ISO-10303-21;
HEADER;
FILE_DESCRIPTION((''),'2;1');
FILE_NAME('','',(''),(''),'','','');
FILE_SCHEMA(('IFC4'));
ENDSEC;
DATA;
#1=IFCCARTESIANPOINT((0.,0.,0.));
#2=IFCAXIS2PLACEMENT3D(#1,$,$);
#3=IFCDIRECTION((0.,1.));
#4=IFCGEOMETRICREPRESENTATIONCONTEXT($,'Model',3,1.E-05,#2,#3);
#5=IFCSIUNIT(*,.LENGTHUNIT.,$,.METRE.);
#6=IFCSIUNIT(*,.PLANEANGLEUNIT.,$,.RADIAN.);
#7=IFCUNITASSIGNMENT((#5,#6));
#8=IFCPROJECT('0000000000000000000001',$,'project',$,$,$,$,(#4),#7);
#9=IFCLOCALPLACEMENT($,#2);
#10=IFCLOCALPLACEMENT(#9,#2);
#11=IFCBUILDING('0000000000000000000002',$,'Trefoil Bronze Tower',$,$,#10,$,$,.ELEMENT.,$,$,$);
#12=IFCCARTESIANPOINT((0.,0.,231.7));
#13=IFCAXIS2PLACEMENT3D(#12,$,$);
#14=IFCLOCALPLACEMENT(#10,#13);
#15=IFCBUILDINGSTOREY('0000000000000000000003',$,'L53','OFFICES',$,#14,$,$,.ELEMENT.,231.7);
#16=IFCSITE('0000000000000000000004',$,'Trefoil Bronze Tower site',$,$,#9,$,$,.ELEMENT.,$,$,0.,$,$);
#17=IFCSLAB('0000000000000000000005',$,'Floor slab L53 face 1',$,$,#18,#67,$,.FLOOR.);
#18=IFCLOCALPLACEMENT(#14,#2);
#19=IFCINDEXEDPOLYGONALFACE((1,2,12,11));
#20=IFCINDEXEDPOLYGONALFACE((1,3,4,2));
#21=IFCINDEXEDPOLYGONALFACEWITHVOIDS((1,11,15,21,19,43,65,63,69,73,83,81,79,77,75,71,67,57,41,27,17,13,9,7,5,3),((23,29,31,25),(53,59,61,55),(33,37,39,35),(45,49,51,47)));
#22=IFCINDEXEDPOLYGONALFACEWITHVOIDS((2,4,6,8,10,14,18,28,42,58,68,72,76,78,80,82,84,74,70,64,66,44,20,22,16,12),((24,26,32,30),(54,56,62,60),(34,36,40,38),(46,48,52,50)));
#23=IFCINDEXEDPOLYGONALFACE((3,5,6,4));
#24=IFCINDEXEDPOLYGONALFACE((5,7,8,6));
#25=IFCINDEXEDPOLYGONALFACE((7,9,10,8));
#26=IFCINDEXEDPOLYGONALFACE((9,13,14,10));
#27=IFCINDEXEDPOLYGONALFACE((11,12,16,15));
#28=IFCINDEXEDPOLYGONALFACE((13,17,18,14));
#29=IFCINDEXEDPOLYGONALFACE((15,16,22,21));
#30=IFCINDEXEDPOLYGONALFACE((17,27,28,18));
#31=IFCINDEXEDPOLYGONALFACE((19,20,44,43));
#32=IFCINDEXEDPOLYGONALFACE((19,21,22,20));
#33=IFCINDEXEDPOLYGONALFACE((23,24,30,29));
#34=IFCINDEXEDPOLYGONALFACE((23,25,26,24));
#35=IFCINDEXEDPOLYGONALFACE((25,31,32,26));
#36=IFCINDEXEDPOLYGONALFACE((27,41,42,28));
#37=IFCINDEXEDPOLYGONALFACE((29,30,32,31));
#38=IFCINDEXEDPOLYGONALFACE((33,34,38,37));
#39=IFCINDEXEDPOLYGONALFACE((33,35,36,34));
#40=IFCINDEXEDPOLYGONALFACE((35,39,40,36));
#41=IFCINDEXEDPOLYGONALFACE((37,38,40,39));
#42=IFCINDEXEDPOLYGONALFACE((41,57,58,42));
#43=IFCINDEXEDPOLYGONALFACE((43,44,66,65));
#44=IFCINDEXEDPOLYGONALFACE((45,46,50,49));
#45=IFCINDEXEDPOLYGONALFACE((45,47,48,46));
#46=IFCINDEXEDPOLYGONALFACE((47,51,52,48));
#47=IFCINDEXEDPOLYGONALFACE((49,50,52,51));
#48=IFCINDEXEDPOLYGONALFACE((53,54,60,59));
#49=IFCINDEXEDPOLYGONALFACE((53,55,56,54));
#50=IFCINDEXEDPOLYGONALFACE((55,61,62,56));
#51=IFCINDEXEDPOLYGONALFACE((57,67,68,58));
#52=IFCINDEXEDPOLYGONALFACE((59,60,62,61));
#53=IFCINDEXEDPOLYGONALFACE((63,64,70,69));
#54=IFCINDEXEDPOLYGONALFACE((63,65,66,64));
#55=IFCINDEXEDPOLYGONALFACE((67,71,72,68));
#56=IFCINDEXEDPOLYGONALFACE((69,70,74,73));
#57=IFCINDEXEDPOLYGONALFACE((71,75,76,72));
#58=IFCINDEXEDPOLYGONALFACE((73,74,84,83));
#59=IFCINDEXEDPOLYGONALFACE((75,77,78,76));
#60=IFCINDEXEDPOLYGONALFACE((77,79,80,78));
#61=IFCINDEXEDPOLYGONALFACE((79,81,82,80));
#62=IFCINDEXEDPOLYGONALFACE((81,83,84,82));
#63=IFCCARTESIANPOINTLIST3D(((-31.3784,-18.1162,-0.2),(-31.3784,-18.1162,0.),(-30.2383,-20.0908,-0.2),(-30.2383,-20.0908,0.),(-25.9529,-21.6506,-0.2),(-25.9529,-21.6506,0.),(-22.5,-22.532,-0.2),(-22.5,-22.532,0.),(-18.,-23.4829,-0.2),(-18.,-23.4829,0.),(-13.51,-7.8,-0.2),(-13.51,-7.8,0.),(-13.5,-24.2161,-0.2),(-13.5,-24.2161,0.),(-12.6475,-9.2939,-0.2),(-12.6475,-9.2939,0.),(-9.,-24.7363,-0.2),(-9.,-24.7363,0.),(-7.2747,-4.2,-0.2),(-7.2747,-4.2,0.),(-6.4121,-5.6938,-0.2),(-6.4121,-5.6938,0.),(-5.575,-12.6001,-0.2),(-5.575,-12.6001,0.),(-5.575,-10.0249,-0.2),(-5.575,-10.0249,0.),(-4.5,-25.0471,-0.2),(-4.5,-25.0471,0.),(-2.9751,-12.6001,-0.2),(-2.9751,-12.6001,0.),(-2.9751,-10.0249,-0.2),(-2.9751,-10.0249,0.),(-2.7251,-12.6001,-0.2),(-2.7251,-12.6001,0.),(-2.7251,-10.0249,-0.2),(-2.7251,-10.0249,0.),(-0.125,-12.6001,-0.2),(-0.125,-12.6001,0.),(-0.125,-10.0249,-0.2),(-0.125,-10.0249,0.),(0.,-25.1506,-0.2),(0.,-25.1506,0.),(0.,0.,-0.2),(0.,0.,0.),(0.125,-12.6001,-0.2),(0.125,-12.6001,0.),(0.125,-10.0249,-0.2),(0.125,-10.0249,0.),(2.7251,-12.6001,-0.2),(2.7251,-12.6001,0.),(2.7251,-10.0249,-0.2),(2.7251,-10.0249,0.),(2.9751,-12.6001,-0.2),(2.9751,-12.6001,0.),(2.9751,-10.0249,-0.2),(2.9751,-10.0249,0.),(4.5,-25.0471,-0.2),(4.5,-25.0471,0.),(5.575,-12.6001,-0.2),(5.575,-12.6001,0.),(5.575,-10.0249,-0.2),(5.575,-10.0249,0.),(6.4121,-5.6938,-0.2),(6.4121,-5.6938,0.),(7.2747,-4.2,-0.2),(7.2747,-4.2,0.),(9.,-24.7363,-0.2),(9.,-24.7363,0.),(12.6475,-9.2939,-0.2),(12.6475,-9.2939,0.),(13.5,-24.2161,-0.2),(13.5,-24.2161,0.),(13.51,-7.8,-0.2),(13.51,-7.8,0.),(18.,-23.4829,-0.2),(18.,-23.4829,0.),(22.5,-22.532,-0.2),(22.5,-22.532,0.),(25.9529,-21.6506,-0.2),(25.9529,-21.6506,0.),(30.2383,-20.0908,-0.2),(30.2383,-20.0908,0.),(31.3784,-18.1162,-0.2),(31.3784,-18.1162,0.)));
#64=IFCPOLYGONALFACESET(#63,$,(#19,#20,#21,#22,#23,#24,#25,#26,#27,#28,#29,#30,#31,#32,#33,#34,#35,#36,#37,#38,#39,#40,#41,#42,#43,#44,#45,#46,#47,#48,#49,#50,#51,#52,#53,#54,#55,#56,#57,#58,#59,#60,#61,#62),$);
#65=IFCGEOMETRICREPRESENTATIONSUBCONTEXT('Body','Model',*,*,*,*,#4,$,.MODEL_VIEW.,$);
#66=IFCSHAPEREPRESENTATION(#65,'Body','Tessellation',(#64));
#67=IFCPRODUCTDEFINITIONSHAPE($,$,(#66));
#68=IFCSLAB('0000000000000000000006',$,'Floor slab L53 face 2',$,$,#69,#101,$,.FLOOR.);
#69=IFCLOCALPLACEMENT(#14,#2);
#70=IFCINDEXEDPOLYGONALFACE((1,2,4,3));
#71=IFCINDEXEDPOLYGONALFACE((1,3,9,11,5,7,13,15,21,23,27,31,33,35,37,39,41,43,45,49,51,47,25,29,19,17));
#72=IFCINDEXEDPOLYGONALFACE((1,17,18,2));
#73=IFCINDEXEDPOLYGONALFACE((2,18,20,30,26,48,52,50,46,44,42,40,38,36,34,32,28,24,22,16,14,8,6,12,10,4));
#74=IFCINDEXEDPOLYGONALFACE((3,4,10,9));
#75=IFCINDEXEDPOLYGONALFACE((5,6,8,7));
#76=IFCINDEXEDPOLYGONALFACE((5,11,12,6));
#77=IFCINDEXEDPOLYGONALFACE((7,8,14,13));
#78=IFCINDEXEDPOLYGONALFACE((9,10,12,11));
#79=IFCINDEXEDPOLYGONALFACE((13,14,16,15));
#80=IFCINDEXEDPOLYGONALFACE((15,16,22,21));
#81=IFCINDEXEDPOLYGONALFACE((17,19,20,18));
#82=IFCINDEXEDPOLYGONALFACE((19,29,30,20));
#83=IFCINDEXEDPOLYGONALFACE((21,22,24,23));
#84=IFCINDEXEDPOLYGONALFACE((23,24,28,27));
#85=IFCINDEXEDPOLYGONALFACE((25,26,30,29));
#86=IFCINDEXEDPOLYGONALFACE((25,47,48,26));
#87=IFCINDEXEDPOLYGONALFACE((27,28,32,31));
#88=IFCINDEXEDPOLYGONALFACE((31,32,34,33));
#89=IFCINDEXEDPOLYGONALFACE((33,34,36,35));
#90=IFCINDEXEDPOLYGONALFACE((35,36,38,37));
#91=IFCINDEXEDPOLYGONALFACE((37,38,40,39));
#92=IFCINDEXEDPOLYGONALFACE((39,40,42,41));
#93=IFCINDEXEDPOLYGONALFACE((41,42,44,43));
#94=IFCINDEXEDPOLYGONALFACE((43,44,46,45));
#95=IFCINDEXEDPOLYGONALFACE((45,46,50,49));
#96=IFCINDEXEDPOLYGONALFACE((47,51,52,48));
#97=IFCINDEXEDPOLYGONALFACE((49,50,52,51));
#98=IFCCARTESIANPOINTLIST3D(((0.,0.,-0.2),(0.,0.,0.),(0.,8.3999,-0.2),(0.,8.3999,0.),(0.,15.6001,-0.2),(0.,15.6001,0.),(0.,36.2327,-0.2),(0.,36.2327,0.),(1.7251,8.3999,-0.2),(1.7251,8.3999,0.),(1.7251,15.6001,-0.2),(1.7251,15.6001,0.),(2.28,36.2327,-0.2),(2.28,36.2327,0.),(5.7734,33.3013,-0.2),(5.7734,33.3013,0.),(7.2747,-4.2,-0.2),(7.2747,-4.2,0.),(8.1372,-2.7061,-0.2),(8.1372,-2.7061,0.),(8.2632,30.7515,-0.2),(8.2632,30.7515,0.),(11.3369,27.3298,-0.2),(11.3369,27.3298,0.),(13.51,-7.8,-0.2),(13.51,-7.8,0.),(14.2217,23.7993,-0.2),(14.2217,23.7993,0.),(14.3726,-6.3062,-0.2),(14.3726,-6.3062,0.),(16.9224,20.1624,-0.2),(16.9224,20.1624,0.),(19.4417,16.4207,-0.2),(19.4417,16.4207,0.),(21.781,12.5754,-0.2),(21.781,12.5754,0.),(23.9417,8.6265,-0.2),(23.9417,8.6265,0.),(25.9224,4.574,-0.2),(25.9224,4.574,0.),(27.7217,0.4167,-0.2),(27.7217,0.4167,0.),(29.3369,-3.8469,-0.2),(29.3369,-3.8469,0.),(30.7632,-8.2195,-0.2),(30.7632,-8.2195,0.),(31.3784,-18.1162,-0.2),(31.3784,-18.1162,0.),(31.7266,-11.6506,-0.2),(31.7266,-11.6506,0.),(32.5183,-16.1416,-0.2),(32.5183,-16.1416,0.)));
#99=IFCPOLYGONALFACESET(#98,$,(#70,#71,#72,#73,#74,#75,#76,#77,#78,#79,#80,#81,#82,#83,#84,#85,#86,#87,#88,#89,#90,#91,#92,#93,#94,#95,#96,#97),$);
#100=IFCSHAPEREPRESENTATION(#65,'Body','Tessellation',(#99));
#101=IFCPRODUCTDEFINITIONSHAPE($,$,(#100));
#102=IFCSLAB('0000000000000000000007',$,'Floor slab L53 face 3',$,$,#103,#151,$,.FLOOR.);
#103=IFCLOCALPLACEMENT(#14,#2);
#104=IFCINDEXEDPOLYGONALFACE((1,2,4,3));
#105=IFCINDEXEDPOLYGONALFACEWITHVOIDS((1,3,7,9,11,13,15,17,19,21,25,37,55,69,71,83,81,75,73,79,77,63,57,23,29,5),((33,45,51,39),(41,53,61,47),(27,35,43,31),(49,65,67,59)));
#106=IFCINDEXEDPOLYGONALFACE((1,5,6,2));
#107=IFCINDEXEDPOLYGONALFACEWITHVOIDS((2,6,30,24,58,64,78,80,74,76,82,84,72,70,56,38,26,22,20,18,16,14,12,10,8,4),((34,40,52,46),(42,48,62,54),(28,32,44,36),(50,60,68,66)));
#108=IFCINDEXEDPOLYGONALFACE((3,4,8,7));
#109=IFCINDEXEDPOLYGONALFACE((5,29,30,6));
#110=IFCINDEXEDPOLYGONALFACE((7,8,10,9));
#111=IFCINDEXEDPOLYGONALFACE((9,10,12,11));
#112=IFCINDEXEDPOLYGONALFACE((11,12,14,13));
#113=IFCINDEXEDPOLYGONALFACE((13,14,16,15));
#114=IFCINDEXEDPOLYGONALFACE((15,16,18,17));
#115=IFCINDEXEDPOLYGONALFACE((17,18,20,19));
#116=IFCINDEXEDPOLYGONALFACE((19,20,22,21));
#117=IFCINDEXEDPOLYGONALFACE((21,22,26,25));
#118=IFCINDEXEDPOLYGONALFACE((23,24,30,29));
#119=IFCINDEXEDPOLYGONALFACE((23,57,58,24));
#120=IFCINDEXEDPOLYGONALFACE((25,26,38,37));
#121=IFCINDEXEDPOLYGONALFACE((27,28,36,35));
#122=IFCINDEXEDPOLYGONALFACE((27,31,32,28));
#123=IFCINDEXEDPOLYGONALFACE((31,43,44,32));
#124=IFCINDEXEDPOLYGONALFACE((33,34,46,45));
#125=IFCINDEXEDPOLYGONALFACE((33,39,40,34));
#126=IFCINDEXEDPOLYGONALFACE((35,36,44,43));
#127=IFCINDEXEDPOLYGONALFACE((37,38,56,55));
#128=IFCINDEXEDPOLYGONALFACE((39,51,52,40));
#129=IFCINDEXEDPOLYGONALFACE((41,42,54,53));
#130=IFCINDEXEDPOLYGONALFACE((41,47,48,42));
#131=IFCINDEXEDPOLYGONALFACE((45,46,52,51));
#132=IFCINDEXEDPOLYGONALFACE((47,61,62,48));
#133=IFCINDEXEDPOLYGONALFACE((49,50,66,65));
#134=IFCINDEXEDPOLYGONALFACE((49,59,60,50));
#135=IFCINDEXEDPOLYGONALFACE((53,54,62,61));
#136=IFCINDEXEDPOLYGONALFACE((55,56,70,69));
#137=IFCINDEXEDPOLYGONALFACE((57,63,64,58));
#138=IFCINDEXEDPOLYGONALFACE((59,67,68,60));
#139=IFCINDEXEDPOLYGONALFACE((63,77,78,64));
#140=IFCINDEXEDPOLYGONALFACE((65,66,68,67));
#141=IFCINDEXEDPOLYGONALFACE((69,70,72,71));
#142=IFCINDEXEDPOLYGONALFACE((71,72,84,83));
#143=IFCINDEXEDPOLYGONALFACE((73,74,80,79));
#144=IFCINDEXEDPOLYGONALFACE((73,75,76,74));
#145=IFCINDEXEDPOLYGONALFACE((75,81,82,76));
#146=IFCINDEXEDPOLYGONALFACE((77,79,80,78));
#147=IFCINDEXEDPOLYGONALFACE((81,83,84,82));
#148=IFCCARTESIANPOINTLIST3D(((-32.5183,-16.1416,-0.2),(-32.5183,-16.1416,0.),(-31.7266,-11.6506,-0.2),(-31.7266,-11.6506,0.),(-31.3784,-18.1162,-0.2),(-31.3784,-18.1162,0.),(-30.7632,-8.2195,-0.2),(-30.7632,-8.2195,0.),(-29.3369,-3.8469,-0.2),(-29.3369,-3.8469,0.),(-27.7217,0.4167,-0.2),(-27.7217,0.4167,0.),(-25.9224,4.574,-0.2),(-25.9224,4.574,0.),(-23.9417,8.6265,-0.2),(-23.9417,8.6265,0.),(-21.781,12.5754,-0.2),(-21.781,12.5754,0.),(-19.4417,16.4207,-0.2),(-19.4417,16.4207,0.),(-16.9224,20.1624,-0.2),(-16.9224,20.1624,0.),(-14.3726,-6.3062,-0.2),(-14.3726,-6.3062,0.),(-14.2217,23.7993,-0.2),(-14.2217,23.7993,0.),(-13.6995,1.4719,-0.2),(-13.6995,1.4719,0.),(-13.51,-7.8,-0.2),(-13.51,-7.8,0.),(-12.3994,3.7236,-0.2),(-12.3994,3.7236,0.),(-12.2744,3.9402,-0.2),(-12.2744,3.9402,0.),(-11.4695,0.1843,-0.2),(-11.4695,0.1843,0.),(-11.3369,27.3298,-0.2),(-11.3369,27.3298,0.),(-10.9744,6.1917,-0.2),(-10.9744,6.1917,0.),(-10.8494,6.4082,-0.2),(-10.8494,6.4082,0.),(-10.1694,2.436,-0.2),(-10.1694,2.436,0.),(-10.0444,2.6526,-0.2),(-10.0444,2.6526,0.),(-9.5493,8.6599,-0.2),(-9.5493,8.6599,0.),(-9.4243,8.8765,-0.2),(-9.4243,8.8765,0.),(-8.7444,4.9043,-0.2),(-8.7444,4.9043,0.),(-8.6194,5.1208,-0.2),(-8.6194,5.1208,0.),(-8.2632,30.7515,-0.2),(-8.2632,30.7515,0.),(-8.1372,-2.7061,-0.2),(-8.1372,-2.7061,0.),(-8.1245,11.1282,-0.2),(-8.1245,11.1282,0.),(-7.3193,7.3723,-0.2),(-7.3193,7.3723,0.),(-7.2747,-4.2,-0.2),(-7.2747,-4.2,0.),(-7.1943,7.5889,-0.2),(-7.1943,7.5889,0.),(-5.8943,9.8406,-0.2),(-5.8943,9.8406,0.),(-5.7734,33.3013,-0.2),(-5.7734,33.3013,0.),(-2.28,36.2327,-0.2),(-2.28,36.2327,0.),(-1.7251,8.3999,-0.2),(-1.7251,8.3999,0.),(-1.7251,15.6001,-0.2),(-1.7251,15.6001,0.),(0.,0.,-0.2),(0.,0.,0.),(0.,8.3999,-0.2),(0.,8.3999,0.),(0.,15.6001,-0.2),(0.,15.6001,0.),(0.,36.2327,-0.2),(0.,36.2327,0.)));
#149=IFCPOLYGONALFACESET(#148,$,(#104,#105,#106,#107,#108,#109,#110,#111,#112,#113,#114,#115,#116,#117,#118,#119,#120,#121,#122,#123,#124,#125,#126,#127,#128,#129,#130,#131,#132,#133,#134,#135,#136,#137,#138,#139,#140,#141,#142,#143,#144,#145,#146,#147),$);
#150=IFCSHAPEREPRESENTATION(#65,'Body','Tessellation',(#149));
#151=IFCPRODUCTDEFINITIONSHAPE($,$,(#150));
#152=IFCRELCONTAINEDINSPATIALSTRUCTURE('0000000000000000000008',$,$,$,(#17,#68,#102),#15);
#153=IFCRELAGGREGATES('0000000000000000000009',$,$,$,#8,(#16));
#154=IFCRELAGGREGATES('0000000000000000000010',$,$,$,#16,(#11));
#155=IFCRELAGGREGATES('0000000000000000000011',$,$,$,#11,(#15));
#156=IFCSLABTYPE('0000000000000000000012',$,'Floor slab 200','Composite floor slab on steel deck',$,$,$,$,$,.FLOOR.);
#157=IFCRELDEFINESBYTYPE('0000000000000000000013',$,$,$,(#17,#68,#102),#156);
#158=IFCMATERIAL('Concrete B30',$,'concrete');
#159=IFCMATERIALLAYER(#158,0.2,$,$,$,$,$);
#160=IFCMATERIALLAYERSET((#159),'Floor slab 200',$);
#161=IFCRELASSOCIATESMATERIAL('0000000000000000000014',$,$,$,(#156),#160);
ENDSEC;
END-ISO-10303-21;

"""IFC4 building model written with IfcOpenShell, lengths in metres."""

from ifc_helpers import new_model, si_unit, direction, frame, origin, place, context, subcontext, project, spatial, polyline, outline, extrude, material, layer, layer_set, type_object, element, save


model = new_model("IFC4")

# Units and contexts
model_context = context("Model", 3, precision=1e-05, world=origin(), true_north=direction((0.0, 1.0)))
body_context = subcontext(model_context, "Body", "Model", "MODEL_VIEW")
ifc_project = project(units=[si_unit("LENGTHUNIT", "METRE"), si_unit("PLANEANGLEUNIT", "RADIAN")], contexts=[model_context])

# Site, building, storey
site_placement = place(None, origin())
site = spatial("IfcSite", under=ifc_project, at=site_placement, Name="Trefoil Bronze Tower site", CompositionType="ELEMENT", RefElevation=0.0)
building_placement = place(site_placement, origin())
building = spatial("IfcBuilding", under=site, at=building_placement, Name="Trefoil Bronze Tower", CompositionType="ELEMENT")
storey_placement = place(building_placement, frame((0.0, 0.0, 231.7)))
storey = spatial("IfcBuildingStorey", under=building, at=storey_placement, Name="L53", Description="OFFICES", CompositionType="ELEMENT", Elevation=231.7)

# Slabs
ifc_material_1 = material(Name="Concrete B30", Category="concrete")
ifc_layer_1 = layer(ifc_material_1, 0.2)
ifc_layer_set_1 = layer_set([ifc_layer_1], Name="Floor slab 200")
slab_type = type_object("IfcSlabType", Name="Floor slab 200", Description="Composite floor slab on steel deck", PredefinedType="FLOOR", material=ifc_layer_set_1)
slab_1_placement = place(storey_placement, frame((0.0, 0.0, -0.2)))
element("IfcSlab", 1, at=slab_1_placement, inside=storey, type_object=slab_type, Name="Floor slab L53 face 1", PredefinedType="FLOOR", context=body_context, shape_type="SweptSolid", body=[
    extrude(outline(polyline([(18.0, -23.4829), (13.5, -24.2161), (9.0, -24.7363), (4.5, -25.0471), (0.0, -25.1506), (-4.5, -25.0471), (-9.0, -24.7363), (-13.5, -24.2161), (-18.0, -23.4829), (-22.5, -22.532), (-25.9529, -21.6506), (-30.2383, -20.0908), (-31.3784, -18.1162), (-13.51, -7.8), (-12.6475, -9.2939), (-6.4121, -5.6938), (-7.2747, -4.2), (0.0, 0.0), (7.2747, -4.2), (6.4121, -5.6938), (12.6475, -9.2939), (13.51, -7.8), (31.3784, -18.1162), (30.2383, -20.0908), (25.9529, -21.6506), (22.5, -22.532), (18.0, -23.4829)]), holes=[polyline([(-5.575, -10.0249), (-2.9751, -10.0249), (-2.9751, -12.6001), (-5.575, -12.6001), (-5.575, -10.0249)]), polyline([(-2.7251, -10.0249), (-0.125, -10.0249), (-0.125, -12.6001), (-2.7251, -12.6001), (-2.7251, -10.0249)]), polyline([(0.125, -10.0249), (2.7251, -10.0249), (2.7251, -12.6001), (0.125, -12.6001), (0.125, -10.0249)]), polyline([(2.9751, -10.0249), (5.575, -10.0249), (5.575, -12.6001), (2.9751, -12.6001), (2.9751, -10.0249)])]), origin(), (0.0, 0.0, 1.0), 0.2),
])
slab_2_placement = place(storey_placement, frame((0.0, 0.0, -0.2)))
element("IfcSlab", 2, at=slab_2_placement, inside=storey, type_object=slab_type, Name="Floor slab L53 face 2", PredefinedType="FLOOR", context=body_context, shape_type="SweptSolid", body=[
    extrude(outline(polyline([(11.3369, 27.3298), (14.2217, 23.7993), (16.9224, 20.1624), (19.4417, 16.4207), (21.781, 12.5754), (23.9417, 8.6265), (25.9224, 4.574), (27.7217, 0.4167), (29.3369, -3.8469), (30.7632, -8.2195), (31.7266, -11.6506), (32.5183, -16.1416), (31.3784, -18.1162), (13.51, -7.8), (14.3726, -6.3062), (8.1372, -2.7061), (7.2747, -4.2), (0.0, 0.0), (0.0, 8.3999), (1.7251, 8.3999), (1.7251, 15.6001), (0.0, 15.6001), (0.0, 36.2327), (2.28, 36.2327), (5.7734, 33.3013), (8.2632, 30.7515), (11.3369, 27.3298)])), origin(), (0.0, 0.0, 1.0), 0.2),
])
slab_3_placement = place(storey_placement, frame((0.0, 0.0, -0.2)))
element("IfcSlab", 3, at=slab_3_placement, inside=storey, type_object=slab_type, Name="Floor slab L53 face 3", PredefinedType="FLOOR", context=body_context, shape_type="SweptSolid", body=[
    extrude(outline(polyline([(-29.3369, -3.8469), (-27.7217, 0.4167), (-25.9224, 4.574), (-23.9417, 8.6265), (-21.781, 12.5754), (-19.4417, 16.4207), (-16.9224, 20.1624), (-14.2217, 23.7993), (-11.3369, 27.3298), (-8.2632, 30.7515), (-5.7734, 33.3013), (-2.28, 36.2327), (0.0, 36.2327), (0.0, 15.6001), (-1.7251, 15.6001), (-1.7251, 8.3999), (0.0, 8.3999), (0.0, 0.0), (-7.2747, -4.2), (-8.1372, -2.7061), (-14.3726, -6.3062), (-13.51, -7.8), (-31.3784, -18.1162), (-32.5183, -16.1416), (-31.7266, -11.6506), (-30.7632, -8.2195), (-29.3369, -3.8469)]), holes=[polyline([(-5.8943, 9.8406), (-7.1943, 7.5889), (-9.4243, 8.8765), (-8.1245, 11.1282), (-5.8943, 9.8406)]), polyline([(-7.3193, 7.3723), (-8.6194, 5.1208), (-10.8494, 6.4082), (-9.5493, 8.6599), (-7.3193, 7.3723)]), polyline([(-8.7444, 4.9043), (-10.0444, 2.6526), (-12.2744, 3.9402), (-10.9744, 6.1917), (-8.7444, 4.9043)]), polyline([(-10.1694, 2.436), (-11.4695, 0.1843), (-13.6995, 1.4719), (-12.3994, 3.7236), (-10.1694, 2.436)])]), origin(), (0.0, 0.0, 1.0), 0.2),
])

save(model, "model.ifc")
